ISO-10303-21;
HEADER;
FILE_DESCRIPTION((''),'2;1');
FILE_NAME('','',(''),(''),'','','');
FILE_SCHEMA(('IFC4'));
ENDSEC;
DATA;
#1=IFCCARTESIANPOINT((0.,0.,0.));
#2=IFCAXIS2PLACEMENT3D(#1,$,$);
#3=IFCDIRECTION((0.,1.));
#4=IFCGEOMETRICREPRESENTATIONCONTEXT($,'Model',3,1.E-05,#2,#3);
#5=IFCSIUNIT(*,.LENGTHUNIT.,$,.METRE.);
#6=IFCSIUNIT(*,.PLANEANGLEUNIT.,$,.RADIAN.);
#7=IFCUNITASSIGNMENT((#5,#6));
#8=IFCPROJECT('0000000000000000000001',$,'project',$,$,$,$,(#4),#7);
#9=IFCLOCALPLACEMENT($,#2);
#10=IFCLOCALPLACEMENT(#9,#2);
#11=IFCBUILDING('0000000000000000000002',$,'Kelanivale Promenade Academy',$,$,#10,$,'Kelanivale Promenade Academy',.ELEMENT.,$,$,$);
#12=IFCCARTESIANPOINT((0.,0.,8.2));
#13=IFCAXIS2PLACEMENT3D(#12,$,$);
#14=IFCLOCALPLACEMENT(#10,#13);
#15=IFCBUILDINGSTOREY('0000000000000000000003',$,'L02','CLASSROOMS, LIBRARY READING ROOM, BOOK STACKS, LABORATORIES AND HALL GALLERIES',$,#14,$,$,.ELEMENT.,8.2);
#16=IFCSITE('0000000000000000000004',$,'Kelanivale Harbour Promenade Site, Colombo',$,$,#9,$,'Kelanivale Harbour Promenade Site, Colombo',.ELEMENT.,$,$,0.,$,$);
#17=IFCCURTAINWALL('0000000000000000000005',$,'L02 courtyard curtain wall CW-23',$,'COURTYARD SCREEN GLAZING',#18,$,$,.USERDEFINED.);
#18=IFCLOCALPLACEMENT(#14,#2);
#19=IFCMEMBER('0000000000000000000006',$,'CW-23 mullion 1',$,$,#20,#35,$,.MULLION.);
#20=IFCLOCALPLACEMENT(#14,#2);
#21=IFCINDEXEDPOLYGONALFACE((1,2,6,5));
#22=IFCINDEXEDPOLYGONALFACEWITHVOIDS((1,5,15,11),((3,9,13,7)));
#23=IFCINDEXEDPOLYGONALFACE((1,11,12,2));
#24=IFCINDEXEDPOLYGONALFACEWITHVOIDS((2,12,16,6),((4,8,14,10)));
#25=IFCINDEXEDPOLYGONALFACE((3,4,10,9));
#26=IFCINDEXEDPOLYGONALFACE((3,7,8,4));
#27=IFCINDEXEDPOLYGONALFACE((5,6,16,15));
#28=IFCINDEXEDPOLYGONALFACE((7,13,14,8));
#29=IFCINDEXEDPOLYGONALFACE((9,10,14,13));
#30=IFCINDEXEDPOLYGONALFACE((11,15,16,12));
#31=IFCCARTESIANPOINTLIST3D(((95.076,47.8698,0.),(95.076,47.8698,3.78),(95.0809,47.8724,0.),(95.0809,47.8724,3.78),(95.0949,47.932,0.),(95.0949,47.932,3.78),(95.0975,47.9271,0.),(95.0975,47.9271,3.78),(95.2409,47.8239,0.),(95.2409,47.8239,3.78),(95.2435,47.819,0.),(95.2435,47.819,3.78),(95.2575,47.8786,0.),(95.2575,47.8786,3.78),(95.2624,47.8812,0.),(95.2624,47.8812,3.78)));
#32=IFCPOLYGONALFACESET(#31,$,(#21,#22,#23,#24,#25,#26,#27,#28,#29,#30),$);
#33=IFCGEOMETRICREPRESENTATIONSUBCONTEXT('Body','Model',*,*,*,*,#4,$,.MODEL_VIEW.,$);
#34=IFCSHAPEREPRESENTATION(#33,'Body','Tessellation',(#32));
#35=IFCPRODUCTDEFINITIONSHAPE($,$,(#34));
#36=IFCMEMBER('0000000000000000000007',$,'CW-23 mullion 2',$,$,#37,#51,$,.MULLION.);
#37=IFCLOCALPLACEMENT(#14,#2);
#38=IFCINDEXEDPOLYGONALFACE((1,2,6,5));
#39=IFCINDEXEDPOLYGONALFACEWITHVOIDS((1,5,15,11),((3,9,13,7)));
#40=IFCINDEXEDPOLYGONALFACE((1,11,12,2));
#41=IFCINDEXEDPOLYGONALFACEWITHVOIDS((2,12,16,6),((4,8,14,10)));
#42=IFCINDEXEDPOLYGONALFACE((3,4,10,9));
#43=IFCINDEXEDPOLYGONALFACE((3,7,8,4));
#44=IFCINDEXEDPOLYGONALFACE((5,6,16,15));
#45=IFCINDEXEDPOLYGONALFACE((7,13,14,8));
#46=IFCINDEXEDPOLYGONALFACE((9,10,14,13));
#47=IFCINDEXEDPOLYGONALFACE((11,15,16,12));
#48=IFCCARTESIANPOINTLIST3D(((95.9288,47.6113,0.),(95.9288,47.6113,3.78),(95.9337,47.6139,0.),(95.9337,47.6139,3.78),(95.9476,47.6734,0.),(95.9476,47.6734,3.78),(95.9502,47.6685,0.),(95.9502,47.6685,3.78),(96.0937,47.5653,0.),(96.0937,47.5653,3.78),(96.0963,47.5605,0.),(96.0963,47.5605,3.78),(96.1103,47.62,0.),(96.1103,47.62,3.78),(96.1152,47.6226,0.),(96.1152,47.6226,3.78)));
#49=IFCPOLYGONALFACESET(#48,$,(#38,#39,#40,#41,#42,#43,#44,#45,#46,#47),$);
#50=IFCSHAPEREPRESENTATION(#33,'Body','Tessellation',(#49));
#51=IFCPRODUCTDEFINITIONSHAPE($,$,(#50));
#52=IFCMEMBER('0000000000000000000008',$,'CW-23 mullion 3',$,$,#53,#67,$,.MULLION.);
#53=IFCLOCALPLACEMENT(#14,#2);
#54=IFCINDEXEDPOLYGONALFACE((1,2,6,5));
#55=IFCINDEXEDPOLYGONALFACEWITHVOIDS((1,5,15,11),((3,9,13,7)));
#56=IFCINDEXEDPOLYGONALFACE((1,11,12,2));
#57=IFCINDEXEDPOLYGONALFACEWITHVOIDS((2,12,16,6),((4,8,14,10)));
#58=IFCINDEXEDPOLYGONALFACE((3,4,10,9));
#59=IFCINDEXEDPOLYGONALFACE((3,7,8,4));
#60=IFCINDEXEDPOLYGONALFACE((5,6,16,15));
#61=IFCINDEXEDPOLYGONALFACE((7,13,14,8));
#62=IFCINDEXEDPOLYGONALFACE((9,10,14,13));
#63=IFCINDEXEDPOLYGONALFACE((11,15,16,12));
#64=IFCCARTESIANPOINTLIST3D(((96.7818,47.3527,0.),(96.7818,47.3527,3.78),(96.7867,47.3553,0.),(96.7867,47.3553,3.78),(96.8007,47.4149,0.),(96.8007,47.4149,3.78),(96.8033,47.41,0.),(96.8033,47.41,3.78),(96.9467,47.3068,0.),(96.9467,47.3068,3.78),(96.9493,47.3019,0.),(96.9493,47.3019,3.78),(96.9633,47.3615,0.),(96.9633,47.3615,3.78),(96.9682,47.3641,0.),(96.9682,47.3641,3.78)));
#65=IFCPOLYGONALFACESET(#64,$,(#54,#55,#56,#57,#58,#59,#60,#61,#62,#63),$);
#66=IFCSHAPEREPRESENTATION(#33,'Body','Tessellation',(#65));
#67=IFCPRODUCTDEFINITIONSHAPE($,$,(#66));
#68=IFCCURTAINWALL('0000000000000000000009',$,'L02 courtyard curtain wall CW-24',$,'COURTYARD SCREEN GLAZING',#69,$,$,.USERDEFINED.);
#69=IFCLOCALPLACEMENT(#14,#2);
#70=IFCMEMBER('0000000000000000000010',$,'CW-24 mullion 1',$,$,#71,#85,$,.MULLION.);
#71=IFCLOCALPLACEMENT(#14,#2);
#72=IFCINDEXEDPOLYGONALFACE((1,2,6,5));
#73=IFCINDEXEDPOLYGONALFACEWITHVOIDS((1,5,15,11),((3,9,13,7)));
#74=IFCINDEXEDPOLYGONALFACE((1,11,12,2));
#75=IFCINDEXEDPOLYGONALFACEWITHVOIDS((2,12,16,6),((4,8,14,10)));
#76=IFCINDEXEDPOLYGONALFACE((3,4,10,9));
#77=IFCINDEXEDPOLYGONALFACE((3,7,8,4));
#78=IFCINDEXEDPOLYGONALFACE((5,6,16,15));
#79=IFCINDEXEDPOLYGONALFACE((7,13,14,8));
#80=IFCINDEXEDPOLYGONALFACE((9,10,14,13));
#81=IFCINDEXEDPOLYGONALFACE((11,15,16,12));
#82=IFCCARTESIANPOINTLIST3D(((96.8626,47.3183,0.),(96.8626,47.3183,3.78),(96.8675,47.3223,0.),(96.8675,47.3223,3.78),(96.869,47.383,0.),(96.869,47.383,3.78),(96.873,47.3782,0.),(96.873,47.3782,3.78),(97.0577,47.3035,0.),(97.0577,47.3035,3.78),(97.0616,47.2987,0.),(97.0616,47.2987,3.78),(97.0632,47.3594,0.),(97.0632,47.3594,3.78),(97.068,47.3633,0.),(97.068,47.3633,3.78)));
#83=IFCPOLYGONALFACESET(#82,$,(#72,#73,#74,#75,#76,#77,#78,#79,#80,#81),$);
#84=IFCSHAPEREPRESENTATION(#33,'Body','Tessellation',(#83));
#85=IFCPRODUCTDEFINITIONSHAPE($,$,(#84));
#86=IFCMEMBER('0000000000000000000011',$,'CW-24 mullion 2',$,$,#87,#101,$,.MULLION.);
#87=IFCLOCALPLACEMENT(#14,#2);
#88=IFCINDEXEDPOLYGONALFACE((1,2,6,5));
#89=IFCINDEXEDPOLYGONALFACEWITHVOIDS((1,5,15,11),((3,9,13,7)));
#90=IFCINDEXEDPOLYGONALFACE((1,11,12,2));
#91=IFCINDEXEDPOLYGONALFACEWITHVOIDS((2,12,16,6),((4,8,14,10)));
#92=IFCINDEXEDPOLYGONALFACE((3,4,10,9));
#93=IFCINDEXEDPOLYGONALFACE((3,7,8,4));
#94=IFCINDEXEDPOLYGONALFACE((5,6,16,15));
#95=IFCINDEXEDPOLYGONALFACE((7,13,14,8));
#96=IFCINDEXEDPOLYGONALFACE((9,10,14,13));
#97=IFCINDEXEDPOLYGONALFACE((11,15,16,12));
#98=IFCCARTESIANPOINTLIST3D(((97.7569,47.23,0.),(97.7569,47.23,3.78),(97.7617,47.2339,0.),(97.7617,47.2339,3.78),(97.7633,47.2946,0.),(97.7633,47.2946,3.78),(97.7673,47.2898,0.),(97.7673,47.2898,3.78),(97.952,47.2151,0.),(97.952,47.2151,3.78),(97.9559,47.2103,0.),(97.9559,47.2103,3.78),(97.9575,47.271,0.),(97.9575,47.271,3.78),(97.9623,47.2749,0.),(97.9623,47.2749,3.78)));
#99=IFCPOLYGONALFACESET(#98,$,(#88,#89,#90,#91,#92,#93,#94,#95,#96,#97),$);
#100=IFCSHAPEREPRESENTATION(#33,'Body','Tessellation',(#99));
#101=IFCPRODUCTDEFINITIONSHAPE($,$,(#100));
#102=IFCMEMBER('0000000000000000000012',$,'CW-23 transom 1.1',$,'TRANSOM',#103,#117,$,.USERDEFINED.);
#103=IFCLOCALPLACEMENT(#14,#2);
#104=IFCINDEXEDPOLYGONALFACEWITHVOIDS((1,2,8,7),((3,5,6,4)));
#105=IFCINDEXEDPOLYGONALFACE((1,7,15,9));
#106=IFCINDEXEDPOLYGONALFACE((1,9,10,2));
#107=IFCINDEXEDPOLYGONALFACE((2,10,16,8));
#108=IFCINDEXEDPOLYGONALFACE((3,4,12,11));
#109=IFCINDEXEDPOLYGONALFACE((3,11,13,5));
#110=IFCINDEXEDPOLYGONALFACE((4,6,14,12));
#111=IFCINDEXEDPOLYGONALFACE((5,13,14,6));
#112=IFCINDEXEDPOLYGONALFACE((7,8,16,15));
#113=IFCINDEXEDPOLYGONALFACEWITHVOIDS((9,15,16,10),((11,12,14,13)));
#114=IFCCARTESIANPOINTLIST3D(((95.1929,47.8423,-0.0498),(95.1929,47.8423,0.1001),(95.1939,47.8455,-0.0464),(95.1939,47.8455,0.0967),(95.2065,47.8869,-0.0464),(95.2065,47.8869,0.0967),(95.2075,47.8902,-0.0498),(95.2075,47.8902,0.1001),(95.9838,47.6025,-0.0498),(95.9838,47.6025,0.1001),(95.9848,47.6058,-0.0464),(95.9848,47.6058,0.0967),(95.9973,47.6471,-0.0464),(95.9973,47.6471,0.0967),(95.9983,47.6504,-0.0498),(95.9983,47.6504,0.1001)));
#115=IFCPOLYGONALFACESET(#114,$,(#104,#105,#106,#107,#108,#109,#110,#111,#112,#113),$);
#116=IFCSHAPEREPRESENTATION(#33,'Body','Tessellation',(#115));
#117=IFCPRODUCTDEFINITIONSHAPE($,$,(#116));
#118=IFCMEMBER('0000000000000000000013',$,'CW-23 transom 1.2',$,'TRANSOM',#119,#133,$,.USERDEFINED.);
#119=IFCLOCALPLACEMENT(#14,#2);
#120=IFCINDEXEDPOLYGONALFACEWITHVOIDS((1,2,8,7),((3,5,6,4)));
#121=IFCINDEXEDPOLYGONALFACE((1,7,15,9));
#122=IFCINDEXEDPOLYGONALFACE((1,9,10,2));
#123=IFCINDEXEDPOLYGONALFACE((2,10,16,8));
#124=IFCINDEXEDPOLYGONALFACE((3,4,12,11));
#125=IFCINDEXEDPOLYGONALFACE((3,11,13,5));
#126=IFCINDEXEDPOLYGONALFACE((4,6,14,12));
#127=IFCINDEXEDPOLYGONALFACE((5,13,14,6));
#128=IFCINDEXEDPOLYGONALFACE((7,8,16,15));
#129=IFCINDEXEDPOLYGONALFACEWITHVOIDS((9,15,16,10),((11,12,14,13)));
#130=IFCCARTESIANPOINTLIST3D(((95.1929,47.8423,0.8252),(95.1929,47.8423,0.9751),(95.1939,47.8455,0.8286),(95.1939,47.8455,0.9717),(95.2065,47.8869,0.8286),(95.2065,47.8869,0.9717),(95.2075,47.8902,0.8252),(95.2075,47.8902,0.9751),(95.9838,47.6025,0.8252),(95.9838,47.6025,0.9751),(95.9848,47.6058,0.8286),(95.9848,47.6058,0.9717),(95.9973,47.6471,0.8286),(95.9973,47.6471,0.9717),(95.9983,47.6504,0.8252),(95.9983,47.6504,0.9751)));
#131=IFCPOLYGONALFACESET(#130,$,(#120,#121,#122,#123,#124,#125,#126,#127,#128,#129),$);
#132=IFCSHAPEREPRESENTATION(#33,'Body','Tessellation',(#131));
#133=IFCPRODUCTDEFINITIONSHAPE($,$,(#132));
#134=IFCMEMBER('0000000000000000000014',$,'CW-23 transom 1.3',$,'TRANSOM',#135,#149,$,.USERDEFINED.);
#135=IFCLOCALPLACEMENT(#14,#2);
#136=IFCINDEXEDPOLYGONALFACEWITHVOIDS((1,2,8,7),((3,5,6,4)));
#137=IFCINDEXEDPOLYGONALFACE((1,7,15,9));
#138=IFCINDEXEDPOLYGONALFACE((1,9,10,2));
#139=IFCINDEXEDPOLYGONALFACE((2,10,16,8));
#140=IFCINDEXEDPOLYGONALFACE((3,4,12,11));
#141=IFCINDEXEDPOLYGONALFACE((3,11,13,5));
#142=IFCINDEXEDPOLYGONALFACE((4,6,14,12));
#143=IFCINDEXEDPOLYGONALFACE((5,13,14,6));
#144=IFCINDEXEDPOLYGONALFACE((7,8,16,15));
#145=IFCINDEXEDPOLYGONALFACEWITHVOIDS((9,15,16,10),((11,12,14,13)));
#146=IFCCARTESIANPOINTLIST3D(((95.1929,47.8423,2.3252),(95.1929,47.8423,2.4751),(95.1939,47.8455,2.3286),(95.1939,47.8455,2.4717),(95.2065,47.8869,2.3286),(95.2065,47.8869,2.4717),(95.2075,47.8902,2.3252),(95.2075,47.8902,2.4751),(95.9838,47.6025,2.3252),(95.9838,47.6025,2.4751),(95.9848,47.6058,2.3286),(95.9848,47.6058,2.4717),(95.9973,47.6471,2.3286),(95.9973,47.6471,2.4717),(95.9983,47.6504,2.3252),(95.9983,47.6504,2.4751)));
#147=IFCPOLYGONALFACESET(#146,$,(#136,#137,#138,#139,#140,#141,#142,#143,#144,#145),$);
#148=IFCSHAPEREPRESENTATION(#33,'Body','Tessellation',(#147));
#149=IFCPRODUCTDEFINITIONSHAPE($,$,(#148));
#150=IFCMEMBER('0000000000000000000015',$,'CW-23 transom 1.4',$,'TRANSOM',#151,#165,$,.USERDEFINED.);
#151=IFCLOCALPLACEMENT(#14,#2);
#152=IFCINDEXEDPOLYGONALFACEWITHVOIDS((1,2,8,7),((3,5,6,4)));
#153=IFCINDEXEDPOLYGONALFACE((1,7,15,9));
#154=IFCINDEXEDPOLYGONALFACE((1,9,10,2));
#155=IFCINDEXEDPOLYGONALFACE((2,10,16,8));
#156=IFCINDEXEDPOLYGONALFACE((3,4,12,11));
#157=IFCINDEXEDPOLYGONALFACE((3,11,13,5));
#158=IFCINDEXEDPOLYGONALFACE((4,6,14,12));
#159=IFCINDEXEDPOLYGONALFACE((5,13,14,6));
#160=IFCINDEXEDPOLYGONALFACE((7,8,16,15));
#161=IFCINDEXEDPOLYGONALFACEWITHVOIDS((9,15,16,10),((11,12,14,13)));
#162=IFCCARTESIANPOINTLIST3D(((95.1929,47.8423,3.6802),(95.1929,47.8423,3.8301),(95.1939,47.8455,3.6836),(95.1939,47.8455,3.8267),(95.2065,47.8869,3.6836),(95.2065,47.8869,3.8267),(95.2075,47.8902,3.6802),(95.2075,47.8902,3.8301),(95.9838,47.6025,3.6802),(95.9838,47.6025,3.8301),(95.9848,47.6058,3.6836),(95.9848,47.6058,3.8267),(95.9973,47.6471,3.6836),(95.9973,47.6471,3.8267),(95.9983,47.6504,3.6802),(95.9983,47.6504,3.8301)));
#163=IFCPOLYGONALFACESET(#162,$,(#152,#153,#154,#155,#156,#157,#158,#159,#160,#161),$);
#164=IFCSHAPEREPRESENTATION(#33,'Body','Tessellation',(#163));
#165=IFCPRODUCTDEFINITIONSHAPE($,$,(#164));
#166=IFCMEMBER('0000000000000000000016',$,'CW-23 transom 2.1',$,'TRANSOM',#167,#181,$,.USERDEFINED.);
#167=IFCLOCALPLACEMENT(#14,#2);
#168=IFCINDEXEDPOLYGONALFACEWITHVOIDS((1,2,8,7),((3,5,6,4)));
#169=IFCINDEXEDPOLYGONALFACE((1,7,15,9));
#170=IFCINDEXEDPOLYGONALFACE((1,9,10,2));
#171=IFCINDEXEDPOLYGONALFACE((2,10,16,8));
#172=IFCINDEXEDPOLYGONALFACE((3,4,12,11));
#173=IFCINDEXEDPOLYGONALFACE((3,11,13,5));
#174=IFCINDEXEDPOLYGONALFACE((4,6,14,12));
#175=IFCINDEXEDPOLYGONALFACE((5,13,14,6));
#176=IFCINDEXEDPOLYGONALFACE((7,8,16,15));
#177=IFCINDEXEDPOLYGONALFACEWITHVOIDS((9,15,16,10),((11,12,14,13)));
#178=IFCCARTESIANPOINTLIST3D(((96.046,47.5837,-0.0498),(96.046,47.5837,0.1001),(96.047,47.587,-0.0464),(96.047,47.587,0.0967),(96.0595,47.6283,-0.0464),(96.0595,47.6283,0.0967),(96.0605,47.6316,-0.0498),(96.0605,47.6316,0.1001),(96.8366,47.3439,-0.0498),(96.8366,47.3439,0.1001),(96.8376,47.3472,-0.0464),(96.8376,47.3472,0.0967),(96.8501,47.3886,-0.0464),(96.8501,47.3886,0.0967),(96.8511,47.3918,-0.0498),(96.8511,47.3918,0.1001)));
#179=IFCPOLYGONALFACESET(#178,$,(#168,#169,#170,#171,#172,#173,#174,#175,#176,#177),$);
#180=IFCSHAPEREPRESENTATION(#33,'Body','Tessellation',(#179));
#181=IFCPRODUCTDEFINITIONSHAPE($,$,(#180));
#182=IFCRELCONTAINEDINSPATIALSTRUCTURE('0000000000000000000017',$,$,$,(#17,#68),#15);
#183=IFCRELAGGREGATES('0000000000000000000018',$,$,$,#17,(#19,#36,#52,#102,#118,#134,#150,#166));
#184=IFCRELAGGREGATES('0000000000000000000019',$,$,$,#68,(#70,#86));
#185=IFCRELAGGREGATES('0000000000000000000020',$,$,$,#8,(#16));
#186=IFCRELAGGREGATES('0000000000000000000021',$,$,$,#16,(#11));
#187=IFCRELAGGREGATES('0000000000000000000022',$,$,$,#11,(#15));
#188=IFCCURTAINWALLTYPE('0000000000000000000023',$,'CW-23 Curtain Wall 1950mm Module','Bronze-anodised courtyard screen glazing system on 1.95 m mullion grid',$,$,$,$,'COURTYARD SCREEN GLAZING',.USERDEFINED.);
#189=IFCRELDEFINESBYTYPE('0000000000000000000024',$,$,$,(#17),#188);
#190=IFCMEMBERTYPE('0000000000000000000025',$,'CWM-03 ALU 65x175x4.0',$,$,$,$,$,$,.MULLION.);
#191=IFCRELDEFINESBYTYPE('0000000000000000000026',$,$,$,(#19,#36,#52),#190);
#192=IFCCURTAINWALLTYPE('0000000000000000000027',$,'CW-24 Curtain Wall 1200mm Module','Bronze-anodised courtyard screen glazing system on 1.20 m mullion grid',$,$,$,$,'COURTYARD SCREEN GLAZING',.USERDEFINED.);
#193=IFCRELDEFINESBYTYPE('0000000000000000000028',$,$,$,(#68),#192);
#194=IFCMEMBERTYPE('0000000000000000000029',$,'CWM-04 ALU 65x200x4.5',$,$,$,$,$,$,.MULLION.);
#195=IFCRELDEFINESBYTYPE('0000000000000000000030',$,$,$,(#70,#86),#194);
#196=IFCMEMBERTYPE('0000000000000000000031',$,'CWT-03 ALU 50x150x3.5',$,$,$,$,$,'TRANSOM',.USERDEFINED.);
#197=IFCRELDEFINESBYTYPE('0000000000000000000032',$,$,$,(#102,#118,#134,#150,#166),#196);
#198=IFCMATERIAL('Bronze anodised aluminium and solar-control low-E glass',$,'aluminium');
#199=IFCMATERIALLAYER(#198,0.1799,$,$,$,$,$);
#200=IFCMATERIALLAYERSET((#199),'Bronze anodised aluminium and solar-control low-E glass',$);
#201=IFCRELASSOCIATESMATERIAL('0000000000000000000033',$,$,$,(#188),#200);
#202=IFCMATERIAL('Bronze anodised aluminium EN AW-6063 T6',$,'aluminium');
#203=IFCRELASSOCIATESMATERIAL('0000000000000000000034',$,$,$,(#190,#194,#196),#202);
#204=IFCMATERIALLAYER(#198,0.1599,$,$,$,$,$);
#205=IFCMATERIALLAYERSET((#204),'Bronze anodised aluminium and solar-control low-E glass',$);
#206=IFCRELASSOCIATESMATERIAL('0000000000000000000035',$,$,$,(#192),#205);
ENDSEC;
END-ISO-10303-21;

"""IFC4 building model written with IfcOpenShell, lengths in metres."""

from ifc_helpers import new_model, si_unit, direction, frame, origin, origin_2d, place, context, subcontext, project, spatial, hollow_rectangle, extrude, material, layer, layer_set, material_profile, profile_set, type_object, element, aggregate, save


model = new_model("IFC4")

# Units and contexts
model_context = context("Model", 3, precision=1e-05, world=origin(), true_north=direction((0.0, 1.0)))
body_context = subcontext(model_context, "Body", "Model", "MODEL_VIEW")
ifc_project = project(units=[si_unit("LENGTHUNIT", "METRE"), si_unit("PLANEANGLEUNIT", "RADIAN")], contexts=[model_context])

# Site, building, storey
site_placement = place(None, origin())
site = spatial("IfcSite", under=ifc_project, at=site_placement, Name="Kelanivale Harbour Promenade Site, Colombo", LongName="Kelanivale Harbour Promenade Site, Colombo", CompositionType="ELEMENT", RefElevation=0.0)
building_placement = place(site_placement, origin())
building = spatial("IfcBuilding", under=site, at=building_placement, Name="Kelanivale Promenade Academy", LongName="Kelanivale Promenade Academy", CompositionType="ELEMENT")
storey_placement = place(building_placement, frame((0.0, 0.0, 8.2)))
storey = spatial("IfcBuildingStorey", under=building, at=storey_placement, Name="L02", Description="CLASSROOMS, LIBRARY READING ROOM, BOOK STACKS, LABORATORIES AND HALL GALLERIES", CompositionType="ELEMENT", Elevation=8.2)

# Curtain walls, members
ifc_material_1 = material(Name="Bronze anodised aluminium and solar-control low-E glass", Category="aluminium")
ifc_layer_1 = layer(ifc_material_1, 0.1799)
ifc_layer_set_1 = layer_set([ifc_layer_1], Name="Bronze anodised aluminium and solar-control low-E glass")
curtain_wall_type_1 = type_object("IfcCurtainWallType", Name="CW-23 Curtain Wall 1950mm Module", Description="Bronze-anodised courtyard screen glazing system on 1.95 m mullion grid", ElementType="COURTYARD SCREEN GLAZING", PredefinedType="USERDEFINED", material=ifc_layer_set_1)
curtain_wall_1_placement = place(storey_placement, origin())
curtain_wall_1 = element("IfcCurtainWall", 1, at=curtain_wall_1_placement, inside=storey, type_object=curtain_wall_type_1, Name="L02 courtyard curtain wall CW-23", ObjectType="COURTYARD SCREEN GLAZING", PredefinedType="USERDEFINED")
ifc_material_2 = material(Name="Bronze anodised aluminium EN AW-6063 T6", Category="aluminium")
ifc_material_profile_1 = material_profile(ifc_material_2, hollow_rectangle(XDim=0.0649, YDim=0.175, WallThickness=0.0039, at=origin_2d()), Name="ALU 65x175x4.0")
ifc_profile_set_1 = profile_set([ifc_material_profile_1], Name="Bronze anodised aluminium EN AW-6063 T6")
member_type_1 = type_object("IfcMemberType", Name="CWM-03 ALU 65x175x4.0", PredefinedType="MULLION", material=ifc_profile_set_1)
member_1_placement = place(storey_placement, frame((95.1692, 47.8755, 0.0), z_axis=(0.0, 0.0, 1.0), x_axis=(0.290128, 0.956988, 0.0)))
member_1 = element("IfcMember", 2, at=member_1_placement, type_object=member_type_1, Name="CW-23 mullion 1", PredefinedType="MULLION", context=body_context, shape_type="SweptSolid", body=[
    extrude(hollow_rectangle(XDim=0.0649, YDim=0.175, WallThickness=0.0039, at=origin_2d()), origin(), (0.0, 0.0, 1.0), 3.78),
])
member_2_placement = place(storey_placement, frame((96.022, 47.6169, 0.0), z_axis=(0.0, 0.0, 1.0), x_axis=(0.290128, 0.956988, 0.0)))
member_2 = element("IfcMember", 3, at=member_2_placement, type_object=member_type_1, Name="CW-23 mullion 2", PredefinedType="MULLION", context=body_context, shape_type="SweptSolid", body=[
    extrude(hollow_rectangle(XDim=0.0649, YDim=0.175, WallThickness=0.0039, at=origin_2d()), origin(), (0.0, 0.0, 1.0), 3.78),
])
member_3_placement = place(storey_placement, frame((96.875, 47.3584, 0.0), z_axis=(0.0, 0.0, 1.0), x_axis=(0.290128, 0.956988, 0.0)))
member_3 = element("IfcMember", 4, at=member_3_placement, type_object=member_type_1, Name="CW-23 mullion 3", PredefinedType="MULLION", context=body_context, shape_type="SweptSolid", body=[
    extrude(hollow_rectangle(XDim=0.0649, YDim=0.175, WallThickness=0.0039, at=origin_2d()), origin(), (0.0, 0.0, 1.0), 3.78),
])
ifc_layer_2 = layer(ifc_material_1, 0.1599)
ifc_layer_set_2 = layer_set([ifc_layer_2], Name="Bronze anodised aluminium and solar-control low-E glass")
curtain_wall_type_2 = type_object("IfcCurtainWallType", Name="CW-24 Curtain Wall 1200mm Module", Description="Bronze-anodised courtyard screen glazing system on 1.20 m mullion grid", ElementType="COURTYARD SCREEN GLAZING", PredefinedType="USERDEFINED", material=ifc_layer_set_2)
curtain_wall_2_placement = place(storey_placement, origin())
curtain_wall_2 = element("IfcCurtainWall", 5, at=curtain_wall_2_placement, inside=storey, type_object=curtain_wall_type_2, Name="L02 courtyard curtain wall CW-24", ObjectType="COURTYARD SCREEN GLAZING", PredefinedType="USERDEFINED")
ifc_material_profile_2 = material_profile(ifc_material_2, hollow_rectangle(XDim=0.0649, YDim=0.2, WallThickness=0.0044, at=origin_2d()), Name="ALU 65x200x4.5")
ifc_profile_set_2 = profile_set([ifc_material_profile_2], Name="Bronze anodised aluminium EN AW-6063 T6")
member_type_2 = type_object("IfcMemberType", Name="CWM-04 ALU 65x200x4.5", PredefinedType="MULLION", material=ifc_profile_set_2)
member_4_placement = place(storey_placement, frame((96.9653, 47.3408, 0.0), z_axis=(0.0, 0.0, 1.0), x_axis=(0.098281, 0.995159, 0.0)))
member_4 = element("IfcMember", 6, at=member_4_placement, type_object=member_type_2, Name="CW-24 mullion 1", PredefinedType="MULLION", context=body_context, shape_type="SweptSolid", body=[
    extrude(hollow_rectangle(XDim=0.0649, YDim=0.2, WallThickness=0.0044, at=origin_2d()), origin(), (0.0, 0.0, 1.0), 3.78),
])
member_5_placement = place(storey_placement, frame((97.8596, 47.2524, 0.0), z_axis=(0.0, 0.0, 1.0), x_axis=(0.098281, 0.995159, 0.0)))
member_5 = element("IfcMember", 7, at=member_5_placement, type_object=member_type_2, Name="CW-24 mullion 2", PredefinedType="MULLION", context=body_context, shape_type="SweptSolid", body=[
    extrude(hollow_rectangle(XDim=0.0649, YDim=0.2, WallThickness=0.0044, at=origin_2d()), origin(), (0.0, 0.0, 1.0), 3.78),
])

# Members
ifc_material_profile_3 = material_profile(ifc_material_2, hollow_rectangle(XDim=0.05, YDim=0.1499, WallThickness=0.0034, at=origin_2d()), Name="ALU 50x150x3.5")
ifc_profile_set_3 = profile_set([ifc_material_profile_3], Name="Bronze anodised aluminium EN AW-6063 T6")
member_type_3 = type_object("IfcMemberType", Name="CWT-03 ALU 50x150x3.5", ElementType="TRANSOM", PredefinedType="USERDEFINED", material=ifc_profile_set_3)
member_6_placement = place(storey_placement, frame((95.2002, 47.8662, 0.0251), z_axis=(0.956985, -0.290139, 0.0), x_axis=(0.290139, 0.956985, 0.0)))
member_6 = element("IfcMember", 8, at=member_6_placement, type_object=member_type_3, Name="CW-23 transom 1.1", ObjectType="TRANSOM", PredefinedType="USERDEFINED", context=body_context, shape_type="SweptSolid", body=[
    extrude(hollow_rectangle(XDim=0.05, YDim=0.1499, WallThickness=0.0034, at=origin_2d()), origin(), (0.0, 0.0, 1.0), 0.8264),
])
member_7_placement = place(storey_placement, frame((95.2002, 47.8662, 0.9001), z_axis=(0.956985, -0.290139, 0.0), x_axis=(0.290139, 0.956985, 0.0)))
member_7 = element("IfcMember", 9, at=member_7_placement, type_object=member_type_3, Name="CW-23 transom 1.2", ObjectType="TRANSOM", PredefinedType="USERDEFINED", context=body_context, shape_type="SweptSolid", body=[
    extrude(hollow_rectangle(XDim=0.05, YDim=0.1499, WallThickness=0.0034, at=origin_2d()), origin(), (0.0, 0.0, 1.0), 0.8264),
])
member_8_placement = place(storey_placement, frame((95.2002, 47.8662, 2.4001), z_axis=(0.956985, -0.290139, 0.0), x_axis=(0.290139, 0.956985, 0.0)))
member_8 = element("IfcMember", 10, at=member_8_placement, type_object=member_type_3, Name="CW-23 transom 1.3", ObjectType="TRANSOM", PredefinedType="USERDEFINED", context=body_context, shape_type="SweptSolid", body=[
    extrude(hollow_rectangle(XDim=0.05, YDim=0.1499, WallThickness=0.0034, at=origin_2d()), origin(), (0.0, 0.0, 1.0), 0.8264),
])
member_9_placement = place(storey_placement, frame((95.2002, 47.8662, 3.7551), z_axis=(0.956985, -0.290139, 0.0), x_axis=(0.290139, 0.956985, 0.0)))
member_9 = element("IfcMember", 11, at=member_9_placement, type_object=member_type_3, Name="CW-23 transom 1.4", ObjectType="TRANSOM", PredefinedType="USERDEFINED", context=body_context, shape_type="SweptSolid", body=[
    extrude(hollow_rectangle(XDim=0.05, YDim=0.1499, WallThickness=0.0034, at=origin_2d()), origin(), (0.0, 0.0, 1.0), 0.8264),
])
member_10_placement = place(storey_placement, frame((96.0532, 47.6077, 0.0251), z_axis=(0.95696, -0.290221, 0.0), x_axis=(0.290221, 0.95696, 0.0)))
member_10 = element("IfcMember", 12, at=member_10_placement, type_object=member_type_3, Name="CW-23 transom 2.1", ObjectType="TRANSOM", PredefinedType="USERDEFINED", context=body_context, shape_type="SweptSolid", body=[
    extrude(hollow_rectangle(XDim=0.05, YDim=0.1499, WallThickness=0.0034, at=origin_2d()), origin(), (0.0, 0.0, 1.0), 0.8262),
])

aggregate(curtain_wall_1, [member_1, member_2, member_3, member_6, member_7, member_8, member_9, member_10])
aggregate(curtain_wall_2, [member_4, member_5])

save(model, "model.ifc")
